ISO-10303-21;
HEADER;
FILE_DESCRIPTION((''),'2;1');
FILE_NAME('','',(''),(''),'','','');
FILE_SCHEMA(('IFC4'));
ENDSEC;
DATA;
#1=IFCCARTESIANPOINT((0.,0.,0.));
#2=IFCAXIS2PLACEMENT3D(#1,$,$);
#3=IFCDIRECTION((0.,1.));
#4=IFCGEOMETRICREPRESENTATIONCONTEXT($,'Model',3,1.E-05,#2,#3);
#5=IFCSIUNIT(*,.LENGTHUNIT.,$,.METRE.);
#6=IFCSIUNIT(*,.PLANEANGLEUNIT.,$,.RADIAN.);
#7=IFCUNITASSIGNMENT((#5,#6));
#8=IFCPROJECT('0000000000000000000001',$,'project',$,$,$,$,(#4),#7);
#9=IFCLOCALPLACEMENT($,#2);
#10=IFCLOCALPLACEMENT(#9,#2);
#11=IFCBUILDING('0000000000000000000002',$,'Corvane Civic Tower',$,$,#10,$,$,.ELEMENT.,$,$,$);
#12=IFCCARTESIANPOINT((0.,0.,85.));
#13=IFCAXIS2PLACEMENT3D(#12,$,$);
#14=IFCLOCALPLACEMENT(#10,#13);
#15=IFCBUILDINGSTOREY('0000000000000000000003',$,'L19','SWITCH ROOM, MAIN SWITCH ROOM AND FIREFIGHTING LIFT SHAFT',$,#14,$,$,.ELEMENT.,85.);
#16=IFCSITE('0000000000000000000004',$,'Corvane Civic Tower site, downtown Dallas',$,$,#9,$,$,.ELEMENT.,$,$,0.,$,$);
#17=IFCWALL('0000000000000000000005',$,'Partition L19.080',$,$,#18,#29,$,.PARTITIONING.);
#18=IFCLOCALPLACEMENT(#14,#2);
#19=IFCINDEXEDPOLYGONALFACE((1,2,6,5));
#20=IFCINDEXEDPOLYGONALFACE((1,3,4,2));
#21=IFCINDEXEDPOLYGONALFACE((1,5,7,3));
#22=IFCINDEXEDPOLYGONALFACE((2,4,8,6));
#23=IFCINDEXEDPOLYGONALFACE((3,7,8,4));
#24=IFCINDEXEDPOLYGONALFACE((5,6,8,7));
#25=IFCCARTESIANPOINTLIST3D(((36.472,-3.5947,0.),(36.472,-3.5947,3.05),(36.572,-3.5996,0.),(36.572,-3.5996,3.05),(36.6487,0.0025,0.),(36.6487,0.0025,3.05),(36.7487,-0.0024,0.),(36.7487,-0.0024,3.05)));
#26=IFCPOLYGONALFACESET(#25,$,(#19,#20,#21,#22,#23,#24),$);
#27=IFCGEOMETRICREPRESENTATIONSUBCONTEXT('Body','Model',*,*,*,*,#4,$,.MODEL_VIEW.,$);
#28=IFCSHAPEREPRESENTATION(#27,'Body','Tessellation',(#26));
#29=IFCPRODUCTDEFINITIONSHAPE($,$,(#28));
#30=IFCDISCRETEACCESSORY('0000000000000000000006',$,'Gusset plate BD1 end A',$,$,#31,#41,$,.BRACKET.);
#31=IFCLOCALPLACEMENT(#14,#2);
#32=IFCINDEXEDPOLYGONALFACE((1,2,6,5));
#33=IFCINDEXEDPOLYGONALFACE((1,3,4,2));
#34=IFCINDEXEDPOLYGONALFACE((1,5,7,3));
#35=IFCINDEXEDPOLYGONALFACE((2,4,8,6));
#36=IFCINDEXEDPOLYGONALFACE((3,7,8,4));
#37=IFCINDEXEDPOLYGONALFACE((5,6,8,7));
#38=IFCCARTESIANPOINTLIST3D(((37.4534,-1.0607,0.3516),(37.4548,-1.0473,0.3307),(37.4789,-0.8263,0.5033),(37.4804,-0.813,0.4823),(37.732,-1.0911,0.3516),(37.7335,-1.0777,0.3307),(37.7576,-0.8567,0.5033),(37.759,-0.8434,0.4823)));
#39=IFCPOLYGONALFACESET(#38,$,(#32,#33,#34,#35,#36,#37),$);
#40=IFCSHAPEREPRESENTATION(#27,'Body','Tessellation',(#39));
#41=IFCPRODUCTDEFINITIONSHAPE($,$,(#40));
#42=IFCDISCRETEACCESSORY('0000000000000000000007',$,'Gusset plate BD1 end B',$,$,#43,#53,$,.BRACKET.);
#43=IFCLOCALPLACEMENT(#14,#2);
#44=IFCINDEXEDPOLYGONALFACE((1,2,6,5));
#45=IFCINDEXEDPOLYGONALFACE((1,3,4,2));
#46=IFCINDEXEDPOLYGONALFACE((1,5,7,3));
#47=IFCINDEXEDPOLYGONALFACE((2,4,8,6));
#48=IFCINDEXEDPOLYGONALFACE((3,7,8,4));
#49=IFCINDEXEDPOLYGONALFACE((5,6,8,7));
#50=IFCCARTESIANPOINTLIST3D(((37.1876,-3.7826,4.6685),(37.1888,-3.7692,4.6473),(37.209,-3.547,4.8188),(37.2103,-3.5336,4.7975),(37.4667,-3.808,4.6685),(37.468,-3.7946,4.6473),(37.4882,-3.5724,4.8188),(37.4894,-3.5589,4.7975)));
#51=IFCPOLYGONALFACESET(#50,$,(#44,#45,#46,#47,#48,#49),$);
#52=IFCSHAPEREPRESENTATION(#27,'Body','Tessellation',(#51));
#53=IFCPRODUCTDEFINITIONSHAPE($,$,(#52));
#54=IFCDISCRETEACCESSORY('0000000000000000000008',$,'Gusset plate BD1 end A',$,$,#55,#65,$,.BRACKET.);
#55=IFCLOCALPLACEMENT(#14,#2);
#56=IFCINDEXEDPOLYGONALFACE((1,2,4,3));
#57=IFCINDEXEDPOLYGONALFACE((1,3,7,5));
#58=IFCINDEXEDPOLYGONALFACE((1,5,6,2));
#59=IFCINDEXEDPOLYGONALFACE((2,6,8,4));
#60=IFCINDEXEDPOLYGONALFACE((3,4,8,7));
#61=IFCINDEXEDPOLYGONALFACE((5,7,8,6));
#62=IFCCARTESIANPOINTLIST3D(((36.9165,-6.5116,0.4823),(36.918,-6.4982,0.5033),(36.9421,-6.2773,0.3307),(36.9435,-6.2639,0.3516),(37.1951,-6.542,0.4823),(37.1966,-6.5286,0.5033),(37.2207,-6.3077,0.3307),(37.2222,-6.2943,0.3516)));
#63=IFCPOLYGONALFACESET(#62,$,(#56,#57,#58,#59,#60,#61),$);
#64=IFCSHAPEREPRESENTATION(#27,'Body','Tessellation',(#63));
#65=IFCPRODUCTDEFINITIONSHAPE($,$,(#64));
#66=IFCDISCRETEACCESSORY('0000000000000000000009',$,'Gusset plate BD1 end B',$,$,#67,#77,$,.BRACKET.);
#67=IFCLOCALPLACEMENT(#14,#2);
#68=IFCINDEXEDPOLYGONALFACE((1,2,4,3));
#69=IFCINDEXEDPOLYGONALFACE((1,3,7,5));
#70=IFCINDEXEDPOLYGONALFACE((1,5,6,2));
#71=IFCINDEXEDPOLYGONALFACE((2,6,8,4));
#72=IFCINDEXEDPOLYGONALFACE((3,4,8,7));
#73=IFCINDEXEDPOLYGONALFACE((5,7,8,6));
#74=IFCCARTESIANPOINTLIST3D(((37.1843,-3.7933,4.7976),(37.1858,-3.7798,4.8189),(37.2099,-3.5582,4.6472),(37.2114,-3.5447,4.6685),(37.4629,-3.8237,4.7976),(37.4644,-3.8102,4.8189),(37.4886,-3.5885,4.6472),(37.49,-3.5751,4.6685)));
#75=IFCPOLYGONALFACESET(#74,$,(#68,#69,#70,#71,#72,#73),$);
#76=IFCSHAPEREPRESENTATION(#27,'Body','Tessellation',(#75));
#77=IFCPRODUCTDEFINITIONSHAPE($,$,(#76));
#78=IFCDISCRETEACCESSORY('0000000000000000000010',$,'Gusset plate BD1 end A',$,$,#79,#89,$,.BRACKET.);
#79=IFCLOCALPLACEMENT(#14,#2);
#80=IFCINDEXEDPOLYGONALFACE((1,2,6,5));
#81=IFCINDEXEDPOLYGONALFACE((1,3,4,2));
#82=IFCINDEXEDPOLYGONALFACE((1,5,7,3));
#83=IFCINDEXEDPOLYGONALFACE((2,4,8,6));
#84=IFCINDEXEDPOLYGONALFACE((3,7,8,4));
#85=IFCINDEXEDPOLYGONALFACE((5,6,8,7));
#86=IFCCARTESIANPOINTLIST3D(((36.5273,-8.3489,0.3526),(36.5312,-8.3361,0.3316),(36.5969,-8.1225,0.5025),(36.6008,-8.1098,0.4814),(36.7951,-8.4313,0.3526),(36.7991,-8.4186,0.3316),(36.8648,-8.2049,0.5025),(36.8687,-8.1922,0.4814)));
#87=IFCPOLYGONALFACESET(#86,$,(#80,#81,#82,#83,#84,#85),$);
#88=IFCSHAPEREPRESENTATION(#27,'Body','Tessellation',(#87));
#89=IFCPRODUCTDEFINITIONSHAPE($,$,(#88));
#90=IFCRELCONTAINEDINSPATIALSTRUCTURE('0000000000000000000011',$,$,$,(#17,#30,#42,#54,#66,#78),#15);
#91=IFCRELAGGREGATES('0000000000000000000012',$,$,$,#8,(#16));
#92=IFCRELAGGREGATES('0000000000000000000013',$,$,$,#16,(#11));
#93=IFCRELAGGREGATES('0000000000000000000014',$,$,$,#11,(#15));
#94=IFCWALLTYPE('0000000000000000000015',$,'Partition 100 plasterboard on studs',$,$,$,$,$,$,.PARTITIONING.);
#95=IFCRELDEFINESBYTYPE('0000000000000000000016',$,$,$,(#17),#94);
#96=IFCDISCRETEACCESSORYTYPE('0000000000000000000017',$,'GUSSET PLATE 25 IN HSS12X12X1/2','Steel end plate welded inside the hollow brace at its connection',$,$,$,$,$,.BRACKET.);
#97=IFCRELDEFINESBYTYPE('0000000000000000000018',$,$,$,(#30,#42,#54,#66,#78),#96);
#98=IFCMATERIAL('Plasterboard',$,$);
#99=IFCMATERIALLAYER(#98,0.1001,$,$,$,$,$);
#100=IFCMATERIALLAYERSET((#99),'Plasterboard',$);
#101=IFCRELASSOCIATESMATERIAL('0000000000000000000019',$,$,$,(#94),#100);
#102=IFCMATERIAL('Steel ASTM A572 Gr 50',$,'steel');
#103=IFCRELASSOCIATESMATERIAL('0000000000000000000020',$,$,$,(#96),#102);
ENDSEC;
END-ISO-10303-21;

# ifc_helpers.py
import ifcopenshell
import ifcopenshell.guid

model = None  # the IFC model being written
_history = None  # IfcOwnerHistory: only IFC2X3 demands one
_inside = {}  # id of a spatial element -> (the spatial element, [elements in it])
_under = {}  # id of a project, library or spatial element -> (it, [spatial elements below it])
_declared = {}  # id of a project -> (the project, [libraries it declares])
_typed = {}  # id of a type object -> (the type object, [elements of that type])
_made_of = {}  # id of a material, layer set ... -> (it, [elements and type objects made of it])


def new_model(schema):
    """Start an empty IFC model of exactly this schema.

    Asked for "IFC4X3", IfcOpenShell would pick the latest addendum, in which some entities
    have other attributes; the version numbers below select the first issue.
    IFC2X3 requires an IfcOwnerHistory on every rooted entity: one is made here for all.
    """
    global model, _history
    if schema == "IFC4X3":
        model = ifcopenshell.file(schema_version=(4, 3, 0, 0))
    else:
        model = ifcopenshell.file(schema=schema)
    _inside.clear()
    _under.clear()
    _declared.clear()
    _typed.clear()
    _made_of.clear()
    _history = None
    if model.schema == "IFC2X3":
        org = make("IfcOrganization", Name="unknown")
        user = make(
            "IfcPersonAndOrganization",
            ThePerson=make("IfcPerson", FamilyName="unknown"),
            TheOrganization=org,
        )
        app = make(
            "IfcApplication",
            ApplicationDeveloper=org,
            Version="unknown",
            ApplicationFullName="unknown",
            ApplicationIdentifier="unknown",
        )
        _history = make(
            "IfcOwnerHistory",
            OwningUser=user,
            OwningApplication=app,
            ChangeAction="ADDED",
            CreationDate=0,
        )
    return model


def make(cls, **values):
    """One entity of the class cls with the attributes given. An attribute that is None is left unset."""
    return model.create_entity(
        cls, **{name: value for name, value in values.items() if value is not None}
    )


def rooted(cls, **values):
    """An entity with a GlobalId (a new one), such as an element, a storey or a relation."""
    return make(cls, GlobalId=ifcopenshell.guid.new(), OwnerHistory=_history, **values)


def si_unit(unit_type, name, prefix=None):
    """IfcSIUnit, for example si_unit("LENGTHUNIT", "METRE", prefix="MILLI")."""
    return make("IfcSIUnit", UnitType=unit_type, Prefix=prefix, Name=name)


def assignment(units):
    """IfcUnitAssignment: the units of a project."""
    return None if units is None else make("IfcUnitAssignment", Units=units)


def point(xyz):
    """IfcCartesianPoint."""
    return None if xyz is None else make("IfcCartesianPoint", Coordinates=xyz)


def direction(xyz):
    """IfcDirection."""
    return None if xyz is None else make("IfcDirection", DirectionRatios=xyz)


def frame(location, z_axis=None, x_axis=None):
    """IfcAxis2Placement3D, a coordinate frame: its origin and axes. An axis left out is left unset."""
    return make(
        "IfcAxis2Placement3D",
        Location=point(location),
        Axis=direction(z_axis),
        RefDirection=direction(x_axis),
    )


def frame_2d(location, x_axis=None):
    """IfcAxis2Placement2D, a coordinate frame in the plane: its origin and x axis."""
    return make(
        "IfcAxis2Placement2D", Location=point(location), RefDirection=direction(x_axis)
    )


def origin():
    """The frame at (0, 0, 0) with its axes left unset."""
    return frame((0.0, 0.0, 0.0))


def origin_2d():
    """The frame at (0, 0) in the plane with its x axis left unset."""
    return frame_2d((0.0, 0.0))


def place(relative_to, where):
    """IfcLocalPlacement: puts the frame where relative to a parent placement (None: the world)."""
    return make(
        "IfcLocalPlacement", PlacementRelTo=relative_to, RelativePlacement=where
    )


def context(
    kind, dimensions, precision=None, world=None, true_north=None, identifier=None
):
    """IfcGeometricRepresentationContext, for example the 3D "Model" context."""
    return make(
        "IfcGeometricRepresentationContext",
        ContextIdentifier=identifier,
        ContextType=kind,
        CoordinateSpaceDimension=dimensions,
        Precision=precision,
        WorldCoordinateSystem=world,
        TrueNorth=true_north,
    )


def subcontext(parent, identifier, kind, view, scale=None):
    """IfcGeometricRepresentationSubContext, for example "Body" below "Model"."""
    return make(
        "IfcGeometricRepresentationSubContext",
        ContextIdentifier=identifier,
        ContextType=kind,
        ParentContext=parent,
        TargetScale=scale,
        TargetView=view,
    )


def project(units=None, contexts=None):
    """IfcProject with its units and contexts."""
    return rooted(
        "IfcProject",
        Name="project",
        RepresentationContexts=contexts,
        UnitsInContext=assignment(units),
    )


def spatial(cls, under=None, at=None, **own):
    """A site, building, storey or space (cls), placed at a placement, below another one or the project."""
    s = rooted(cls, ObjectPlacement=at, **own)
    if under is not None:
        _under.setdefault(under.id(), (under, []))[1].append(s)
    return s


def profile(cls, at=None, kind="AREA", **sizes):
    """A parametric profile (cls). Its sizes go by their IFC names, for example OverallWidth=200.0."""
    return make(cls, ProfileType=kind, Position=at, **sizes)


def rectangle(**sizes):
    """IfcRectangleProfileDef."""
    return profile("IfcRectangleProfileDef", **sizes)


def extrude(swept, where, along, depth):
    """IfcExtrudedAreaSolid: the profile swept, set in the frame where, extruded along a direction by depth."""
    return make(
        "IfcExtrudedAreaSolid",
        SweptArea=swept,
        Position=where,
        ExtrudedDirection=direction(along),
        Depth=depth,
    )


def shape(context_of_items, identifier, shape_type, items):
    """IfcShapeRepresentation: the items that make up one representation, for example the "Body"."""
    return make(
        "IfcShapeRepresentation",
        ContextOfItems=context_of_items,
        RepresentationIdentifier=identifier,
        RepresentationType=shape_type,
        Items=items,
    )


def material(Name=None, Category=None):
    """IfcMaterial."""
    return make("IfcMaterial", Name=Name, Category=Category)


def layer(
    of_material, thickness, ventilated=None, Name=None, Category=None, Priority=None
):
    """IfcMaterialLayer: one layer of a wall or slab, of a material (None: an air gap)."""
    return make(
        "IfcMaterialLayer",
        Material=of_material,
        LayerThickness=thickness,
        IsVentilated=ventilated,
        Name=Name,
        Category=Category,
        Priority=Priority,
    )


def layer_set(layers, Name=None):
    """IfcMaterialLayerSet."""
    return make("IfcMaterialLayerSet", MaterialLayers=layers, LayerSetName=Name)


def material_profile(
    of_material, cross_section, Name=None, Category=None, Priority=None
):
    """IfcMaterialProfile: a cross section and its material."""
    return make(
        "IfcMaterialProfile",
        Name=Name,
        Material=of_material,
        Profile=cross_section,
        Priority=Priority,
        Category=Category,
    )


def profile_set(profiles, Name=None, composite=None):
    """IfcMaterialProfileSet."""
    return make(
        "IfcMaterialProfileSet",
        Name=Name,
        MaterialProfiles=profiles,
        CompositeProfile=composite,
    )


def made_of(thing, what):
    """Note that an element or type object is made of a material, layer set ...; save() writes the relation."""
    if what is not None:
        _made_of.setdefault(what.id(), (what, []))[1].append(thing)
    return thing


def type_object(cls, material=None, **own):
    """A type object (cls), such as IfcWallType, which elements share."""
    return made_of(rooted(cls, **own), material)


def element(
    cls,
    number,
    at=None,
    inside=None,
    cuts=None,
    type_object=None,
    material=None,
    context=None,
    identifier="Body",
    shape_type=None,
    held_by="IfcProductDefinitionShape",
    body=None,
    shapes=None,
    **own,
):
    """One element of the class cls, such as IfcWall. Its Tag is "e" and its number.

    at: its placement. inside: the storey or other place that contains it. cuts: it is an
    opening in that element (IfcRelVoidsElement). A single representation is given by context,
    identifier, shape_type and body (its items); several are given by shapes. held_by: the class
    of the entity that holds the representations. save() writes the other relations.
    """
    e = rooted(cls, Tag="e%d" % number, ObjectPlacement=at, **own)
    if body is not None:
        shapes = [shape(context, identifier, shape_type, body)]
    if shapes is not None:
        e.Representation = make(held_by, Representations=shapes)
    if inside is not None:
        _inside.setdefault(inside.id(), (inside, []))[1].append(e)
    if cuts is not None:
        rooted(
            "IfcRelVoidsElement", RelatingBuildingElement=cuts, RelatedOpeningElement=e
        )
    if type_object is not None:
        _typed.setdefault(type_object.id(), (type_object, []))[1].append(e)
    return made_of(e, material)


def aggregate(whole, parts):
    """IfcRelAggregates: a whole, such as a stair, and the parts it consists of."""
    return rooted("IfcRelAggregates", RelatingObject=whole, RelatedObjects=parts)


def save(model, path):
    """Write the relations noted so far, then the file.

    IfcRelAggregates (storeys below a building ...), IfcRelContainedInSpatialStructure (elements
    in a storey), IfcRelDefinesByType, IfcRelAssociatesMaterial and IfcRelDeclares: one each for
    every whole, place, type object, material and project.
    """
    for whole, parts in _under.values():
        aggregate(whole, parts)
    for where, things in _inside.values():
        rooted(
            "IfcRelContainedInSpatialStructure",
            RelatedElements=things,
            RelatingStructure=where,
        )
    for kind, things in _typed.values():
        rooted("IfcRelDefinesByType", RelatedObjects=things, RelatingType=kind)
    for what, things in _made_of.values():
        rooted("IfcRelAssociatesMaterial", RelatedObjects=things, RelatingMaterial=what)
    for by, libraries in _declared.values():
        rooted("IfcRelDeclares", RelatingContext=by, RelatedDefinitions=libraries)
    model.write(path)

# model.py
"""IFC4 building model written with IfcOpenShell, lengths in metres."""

from ifc_helpers import new_model, si_unit, direction, frame, frame_2d, origin, origin_2d, place, context, subcontext, project, spatial, rectangle, extrude, material, layer, layer_set, material_profile, profile_set, type_object, element, save


model = new_model("IFC4")

# Units and contexts
model_context = context("Model", 3, precision=1e-05, world=origin(), true_north=direction((0.0, 1.0)))
body_context = subcontext(model_context, "Body", "Model", "MODEL_VIEW")
ifc_project = project(units=[si_unit("LENGTHUNIT", "METRE"), si_unit("PLANEANGLEUNIT", "RADIAN")], contexts=[model_context])

# Site, building, storey
site_placement = place(None, origin())
site = spatial("IfcSite", under=ifc_project, at=site_placement, Name="Corvane Civic Tower site, downtown Dallas", CompositionType="ELEMENT", RefElevation=0.0)
building_placement = place(site_placement, origin())
building = spatial("IfcBuilding", under=site, at=building_placement, Name="Corvane Civic Tower", CompositionType="ELEMENT")
storey_placement = place(building_placement, frame((0.0, 0.0, 85.0)))
storey = spatial("IfcBuildingStorey", under=building, at=storey_placement, Name="L19", Description="SWITCH ROOM, MAIN SWITCH ROOM AND FIREFIGHTING LIFT SHAFT", CompositionType="ELEMENT", Elevation=85.0)

# Wall
ifc_material_1 = material(Name="Plasterboard")
ifc_layer = layer(ifc_material_1, 0.1001)
ifc_layer_set = layer_set([ifc_layer], Name="Plasterboard")
wall_type = type_object("IfcWallType", Name="Partition 100 plasterboard on studs", PredefinedType="PARTITIONING", material=ifc_layer_set)
for number, where, z_axis, x_axis, name in (
    (1, (36.522, -3.5972, 0.0), (0.0, 0.0, 1.0), (0.049079, 0.998795, 0.0), "Partition L19.080"),
):
    element("IfcWall", number, at=place(storey_placement, frame(where, z_axis=z_axis, x_axis=x_axis)), inside=storey, type_object=wall_type, Name=name, PredefinedType="PARTITIONING", context=body_context, shape_type="SweptSolid", body=[
        extrude(rectangle(XDim=3.6016, YDim=0.1001, at=frame_2d((1.8008, 0.0))), origin(), (0.0, 0.0, 1.0), 3.05),
    ])

# Discrete accessories
ifc_material_2 = material(Name="Steel ASTM A572 Gr 50", Category="steel")
ifc_material_profile_1 = material_profile(ifc_material_2, rectangle(XDim=0.2803, YDim=0.2803, at=origin_2d()), Name="GUSSET PLATE 25 IN HSS12X12X1/2")
ifc_profile_set_1 = profile_set([ifc_material_profile_1], Name="Steel ASTM A572 Gr 50")
discrete_accessory_type = type_object("IfcDiscreteAccessoryType", Name="GUSSET PLATE 25 IN HSS12X12X1/2", Description="Steel end plate welded inside the hollow brace at its connection", PredefinedType="BRACKET", material=ifc_profile_set_1)
discrete_accessory_1_placement = place(storey_placement, frame((37.6069, -0.9453, 0.4065), z_axis=(-0.058674, -0.537847, 0.840998), x_axis=(0.994102, -0.108448, 0.0)))
element("IfcDiscreteAccessory", 2, at=discrete_accessory_1_placement, inside=storey, type_object=discrete_accessory_type, Name="Gusset plate BD1 end A", PredefinedType="BRACKET", context=body_context, shape_type="SweptSolid", body=[
    extrude(rectangle(XDim=0.2803, YDim=0.2803, at=origin_2d()), origin(), (0.0, 0.0, 1.0), 0.0249),
])
discrete_accessory_2_placement = place(storey_placement, frame((37.3379, -3.6775, 4.7437), z_axis=(0.048521, 0.533729, -0.844262), x_axis=(-0.995893, 0.090536, 0.0)))
element("IfcDiscreteAccessory", 3, at=discrete_accessory_2_placement, inside=storey, type_object=discrete_accessory_type, Name="Gusset plate BD1 end B", PredefinedType="BRACKET", context=body_context, shape_type="SweptSolid", body=[
    extrude(rectangle(XDim=0.2803, YDim=0.2803, at=origin_2d()), origin(), (0.0, 0.0, 1.0), 0.0251),
])
discrete_accessory_3_placement = place(storey_placement, frame((37.0686, -6.4097, 0.4065), z_axis=(0.058674, 0.537847, 0.840998), x_axis=(-0.994102, 0.108448, 0.0)))
element("IfcDiscreteAccessory", 4, at=discrete_accessory_3_placement, inside=storey, type_object=discrete_accessory_type, Name="Gusset plate BD1 end A", PredefinedType="BRACKET", context=body_context, shape_type="SweptSolid", body=[
    extrude(rectangle(XDim=0.2803, YDim=0.2803, at=origin_2d()), origin(), (0.0, 0.0, 1.0), 0.0249),
])
discrete_accessory_4_placement = place(storey_placement, frame((37.3379, -3.6775, 4.7437), z_axis=(-0.058195, -0.533453, -0.843825), x_axis=(0.994102, -0.108448, 0.0)))
element("IfcDiscreteAccessory", 5, at=discrete_accessory_4_placement, inside=storey, type_object=discrete_accessory_type, Name="Gusset plate BD1 end B", PredefinedType="BRACKET", context=body_context, shape_type="SweptSolid", body=[
    extrude(rectangle(XDim=0.2803, YDim=0.2803, at=origin_2d()), origin(), (0.0, 0.0, 1.0), 0.0251),
])
discrete_accessory_5_placement = place(storey_placement, frame((36.7, -8.2642, 0.4065), z_axis=(-0.157226, -0.510984, 0.845089), x_axis=(0.955779, -0.294086, 0.0)))
element("IfcDiscreteAccessory", 6, at=discrete_accessory_5_placement, inside=storey, type_object=discrete_accessory_type, Name="Gusset plate BD1 end A", PredefinedType="BRACKET", context=body_context, shape_type="SweptSolid", body=[
    extrude(rectangle(XDim=0.2803, YDim=0.2803, at=origin_2d()), origin(), (0.0, 0.0, 1.0), 0.0249),
])

save(model, "model.ifc")
